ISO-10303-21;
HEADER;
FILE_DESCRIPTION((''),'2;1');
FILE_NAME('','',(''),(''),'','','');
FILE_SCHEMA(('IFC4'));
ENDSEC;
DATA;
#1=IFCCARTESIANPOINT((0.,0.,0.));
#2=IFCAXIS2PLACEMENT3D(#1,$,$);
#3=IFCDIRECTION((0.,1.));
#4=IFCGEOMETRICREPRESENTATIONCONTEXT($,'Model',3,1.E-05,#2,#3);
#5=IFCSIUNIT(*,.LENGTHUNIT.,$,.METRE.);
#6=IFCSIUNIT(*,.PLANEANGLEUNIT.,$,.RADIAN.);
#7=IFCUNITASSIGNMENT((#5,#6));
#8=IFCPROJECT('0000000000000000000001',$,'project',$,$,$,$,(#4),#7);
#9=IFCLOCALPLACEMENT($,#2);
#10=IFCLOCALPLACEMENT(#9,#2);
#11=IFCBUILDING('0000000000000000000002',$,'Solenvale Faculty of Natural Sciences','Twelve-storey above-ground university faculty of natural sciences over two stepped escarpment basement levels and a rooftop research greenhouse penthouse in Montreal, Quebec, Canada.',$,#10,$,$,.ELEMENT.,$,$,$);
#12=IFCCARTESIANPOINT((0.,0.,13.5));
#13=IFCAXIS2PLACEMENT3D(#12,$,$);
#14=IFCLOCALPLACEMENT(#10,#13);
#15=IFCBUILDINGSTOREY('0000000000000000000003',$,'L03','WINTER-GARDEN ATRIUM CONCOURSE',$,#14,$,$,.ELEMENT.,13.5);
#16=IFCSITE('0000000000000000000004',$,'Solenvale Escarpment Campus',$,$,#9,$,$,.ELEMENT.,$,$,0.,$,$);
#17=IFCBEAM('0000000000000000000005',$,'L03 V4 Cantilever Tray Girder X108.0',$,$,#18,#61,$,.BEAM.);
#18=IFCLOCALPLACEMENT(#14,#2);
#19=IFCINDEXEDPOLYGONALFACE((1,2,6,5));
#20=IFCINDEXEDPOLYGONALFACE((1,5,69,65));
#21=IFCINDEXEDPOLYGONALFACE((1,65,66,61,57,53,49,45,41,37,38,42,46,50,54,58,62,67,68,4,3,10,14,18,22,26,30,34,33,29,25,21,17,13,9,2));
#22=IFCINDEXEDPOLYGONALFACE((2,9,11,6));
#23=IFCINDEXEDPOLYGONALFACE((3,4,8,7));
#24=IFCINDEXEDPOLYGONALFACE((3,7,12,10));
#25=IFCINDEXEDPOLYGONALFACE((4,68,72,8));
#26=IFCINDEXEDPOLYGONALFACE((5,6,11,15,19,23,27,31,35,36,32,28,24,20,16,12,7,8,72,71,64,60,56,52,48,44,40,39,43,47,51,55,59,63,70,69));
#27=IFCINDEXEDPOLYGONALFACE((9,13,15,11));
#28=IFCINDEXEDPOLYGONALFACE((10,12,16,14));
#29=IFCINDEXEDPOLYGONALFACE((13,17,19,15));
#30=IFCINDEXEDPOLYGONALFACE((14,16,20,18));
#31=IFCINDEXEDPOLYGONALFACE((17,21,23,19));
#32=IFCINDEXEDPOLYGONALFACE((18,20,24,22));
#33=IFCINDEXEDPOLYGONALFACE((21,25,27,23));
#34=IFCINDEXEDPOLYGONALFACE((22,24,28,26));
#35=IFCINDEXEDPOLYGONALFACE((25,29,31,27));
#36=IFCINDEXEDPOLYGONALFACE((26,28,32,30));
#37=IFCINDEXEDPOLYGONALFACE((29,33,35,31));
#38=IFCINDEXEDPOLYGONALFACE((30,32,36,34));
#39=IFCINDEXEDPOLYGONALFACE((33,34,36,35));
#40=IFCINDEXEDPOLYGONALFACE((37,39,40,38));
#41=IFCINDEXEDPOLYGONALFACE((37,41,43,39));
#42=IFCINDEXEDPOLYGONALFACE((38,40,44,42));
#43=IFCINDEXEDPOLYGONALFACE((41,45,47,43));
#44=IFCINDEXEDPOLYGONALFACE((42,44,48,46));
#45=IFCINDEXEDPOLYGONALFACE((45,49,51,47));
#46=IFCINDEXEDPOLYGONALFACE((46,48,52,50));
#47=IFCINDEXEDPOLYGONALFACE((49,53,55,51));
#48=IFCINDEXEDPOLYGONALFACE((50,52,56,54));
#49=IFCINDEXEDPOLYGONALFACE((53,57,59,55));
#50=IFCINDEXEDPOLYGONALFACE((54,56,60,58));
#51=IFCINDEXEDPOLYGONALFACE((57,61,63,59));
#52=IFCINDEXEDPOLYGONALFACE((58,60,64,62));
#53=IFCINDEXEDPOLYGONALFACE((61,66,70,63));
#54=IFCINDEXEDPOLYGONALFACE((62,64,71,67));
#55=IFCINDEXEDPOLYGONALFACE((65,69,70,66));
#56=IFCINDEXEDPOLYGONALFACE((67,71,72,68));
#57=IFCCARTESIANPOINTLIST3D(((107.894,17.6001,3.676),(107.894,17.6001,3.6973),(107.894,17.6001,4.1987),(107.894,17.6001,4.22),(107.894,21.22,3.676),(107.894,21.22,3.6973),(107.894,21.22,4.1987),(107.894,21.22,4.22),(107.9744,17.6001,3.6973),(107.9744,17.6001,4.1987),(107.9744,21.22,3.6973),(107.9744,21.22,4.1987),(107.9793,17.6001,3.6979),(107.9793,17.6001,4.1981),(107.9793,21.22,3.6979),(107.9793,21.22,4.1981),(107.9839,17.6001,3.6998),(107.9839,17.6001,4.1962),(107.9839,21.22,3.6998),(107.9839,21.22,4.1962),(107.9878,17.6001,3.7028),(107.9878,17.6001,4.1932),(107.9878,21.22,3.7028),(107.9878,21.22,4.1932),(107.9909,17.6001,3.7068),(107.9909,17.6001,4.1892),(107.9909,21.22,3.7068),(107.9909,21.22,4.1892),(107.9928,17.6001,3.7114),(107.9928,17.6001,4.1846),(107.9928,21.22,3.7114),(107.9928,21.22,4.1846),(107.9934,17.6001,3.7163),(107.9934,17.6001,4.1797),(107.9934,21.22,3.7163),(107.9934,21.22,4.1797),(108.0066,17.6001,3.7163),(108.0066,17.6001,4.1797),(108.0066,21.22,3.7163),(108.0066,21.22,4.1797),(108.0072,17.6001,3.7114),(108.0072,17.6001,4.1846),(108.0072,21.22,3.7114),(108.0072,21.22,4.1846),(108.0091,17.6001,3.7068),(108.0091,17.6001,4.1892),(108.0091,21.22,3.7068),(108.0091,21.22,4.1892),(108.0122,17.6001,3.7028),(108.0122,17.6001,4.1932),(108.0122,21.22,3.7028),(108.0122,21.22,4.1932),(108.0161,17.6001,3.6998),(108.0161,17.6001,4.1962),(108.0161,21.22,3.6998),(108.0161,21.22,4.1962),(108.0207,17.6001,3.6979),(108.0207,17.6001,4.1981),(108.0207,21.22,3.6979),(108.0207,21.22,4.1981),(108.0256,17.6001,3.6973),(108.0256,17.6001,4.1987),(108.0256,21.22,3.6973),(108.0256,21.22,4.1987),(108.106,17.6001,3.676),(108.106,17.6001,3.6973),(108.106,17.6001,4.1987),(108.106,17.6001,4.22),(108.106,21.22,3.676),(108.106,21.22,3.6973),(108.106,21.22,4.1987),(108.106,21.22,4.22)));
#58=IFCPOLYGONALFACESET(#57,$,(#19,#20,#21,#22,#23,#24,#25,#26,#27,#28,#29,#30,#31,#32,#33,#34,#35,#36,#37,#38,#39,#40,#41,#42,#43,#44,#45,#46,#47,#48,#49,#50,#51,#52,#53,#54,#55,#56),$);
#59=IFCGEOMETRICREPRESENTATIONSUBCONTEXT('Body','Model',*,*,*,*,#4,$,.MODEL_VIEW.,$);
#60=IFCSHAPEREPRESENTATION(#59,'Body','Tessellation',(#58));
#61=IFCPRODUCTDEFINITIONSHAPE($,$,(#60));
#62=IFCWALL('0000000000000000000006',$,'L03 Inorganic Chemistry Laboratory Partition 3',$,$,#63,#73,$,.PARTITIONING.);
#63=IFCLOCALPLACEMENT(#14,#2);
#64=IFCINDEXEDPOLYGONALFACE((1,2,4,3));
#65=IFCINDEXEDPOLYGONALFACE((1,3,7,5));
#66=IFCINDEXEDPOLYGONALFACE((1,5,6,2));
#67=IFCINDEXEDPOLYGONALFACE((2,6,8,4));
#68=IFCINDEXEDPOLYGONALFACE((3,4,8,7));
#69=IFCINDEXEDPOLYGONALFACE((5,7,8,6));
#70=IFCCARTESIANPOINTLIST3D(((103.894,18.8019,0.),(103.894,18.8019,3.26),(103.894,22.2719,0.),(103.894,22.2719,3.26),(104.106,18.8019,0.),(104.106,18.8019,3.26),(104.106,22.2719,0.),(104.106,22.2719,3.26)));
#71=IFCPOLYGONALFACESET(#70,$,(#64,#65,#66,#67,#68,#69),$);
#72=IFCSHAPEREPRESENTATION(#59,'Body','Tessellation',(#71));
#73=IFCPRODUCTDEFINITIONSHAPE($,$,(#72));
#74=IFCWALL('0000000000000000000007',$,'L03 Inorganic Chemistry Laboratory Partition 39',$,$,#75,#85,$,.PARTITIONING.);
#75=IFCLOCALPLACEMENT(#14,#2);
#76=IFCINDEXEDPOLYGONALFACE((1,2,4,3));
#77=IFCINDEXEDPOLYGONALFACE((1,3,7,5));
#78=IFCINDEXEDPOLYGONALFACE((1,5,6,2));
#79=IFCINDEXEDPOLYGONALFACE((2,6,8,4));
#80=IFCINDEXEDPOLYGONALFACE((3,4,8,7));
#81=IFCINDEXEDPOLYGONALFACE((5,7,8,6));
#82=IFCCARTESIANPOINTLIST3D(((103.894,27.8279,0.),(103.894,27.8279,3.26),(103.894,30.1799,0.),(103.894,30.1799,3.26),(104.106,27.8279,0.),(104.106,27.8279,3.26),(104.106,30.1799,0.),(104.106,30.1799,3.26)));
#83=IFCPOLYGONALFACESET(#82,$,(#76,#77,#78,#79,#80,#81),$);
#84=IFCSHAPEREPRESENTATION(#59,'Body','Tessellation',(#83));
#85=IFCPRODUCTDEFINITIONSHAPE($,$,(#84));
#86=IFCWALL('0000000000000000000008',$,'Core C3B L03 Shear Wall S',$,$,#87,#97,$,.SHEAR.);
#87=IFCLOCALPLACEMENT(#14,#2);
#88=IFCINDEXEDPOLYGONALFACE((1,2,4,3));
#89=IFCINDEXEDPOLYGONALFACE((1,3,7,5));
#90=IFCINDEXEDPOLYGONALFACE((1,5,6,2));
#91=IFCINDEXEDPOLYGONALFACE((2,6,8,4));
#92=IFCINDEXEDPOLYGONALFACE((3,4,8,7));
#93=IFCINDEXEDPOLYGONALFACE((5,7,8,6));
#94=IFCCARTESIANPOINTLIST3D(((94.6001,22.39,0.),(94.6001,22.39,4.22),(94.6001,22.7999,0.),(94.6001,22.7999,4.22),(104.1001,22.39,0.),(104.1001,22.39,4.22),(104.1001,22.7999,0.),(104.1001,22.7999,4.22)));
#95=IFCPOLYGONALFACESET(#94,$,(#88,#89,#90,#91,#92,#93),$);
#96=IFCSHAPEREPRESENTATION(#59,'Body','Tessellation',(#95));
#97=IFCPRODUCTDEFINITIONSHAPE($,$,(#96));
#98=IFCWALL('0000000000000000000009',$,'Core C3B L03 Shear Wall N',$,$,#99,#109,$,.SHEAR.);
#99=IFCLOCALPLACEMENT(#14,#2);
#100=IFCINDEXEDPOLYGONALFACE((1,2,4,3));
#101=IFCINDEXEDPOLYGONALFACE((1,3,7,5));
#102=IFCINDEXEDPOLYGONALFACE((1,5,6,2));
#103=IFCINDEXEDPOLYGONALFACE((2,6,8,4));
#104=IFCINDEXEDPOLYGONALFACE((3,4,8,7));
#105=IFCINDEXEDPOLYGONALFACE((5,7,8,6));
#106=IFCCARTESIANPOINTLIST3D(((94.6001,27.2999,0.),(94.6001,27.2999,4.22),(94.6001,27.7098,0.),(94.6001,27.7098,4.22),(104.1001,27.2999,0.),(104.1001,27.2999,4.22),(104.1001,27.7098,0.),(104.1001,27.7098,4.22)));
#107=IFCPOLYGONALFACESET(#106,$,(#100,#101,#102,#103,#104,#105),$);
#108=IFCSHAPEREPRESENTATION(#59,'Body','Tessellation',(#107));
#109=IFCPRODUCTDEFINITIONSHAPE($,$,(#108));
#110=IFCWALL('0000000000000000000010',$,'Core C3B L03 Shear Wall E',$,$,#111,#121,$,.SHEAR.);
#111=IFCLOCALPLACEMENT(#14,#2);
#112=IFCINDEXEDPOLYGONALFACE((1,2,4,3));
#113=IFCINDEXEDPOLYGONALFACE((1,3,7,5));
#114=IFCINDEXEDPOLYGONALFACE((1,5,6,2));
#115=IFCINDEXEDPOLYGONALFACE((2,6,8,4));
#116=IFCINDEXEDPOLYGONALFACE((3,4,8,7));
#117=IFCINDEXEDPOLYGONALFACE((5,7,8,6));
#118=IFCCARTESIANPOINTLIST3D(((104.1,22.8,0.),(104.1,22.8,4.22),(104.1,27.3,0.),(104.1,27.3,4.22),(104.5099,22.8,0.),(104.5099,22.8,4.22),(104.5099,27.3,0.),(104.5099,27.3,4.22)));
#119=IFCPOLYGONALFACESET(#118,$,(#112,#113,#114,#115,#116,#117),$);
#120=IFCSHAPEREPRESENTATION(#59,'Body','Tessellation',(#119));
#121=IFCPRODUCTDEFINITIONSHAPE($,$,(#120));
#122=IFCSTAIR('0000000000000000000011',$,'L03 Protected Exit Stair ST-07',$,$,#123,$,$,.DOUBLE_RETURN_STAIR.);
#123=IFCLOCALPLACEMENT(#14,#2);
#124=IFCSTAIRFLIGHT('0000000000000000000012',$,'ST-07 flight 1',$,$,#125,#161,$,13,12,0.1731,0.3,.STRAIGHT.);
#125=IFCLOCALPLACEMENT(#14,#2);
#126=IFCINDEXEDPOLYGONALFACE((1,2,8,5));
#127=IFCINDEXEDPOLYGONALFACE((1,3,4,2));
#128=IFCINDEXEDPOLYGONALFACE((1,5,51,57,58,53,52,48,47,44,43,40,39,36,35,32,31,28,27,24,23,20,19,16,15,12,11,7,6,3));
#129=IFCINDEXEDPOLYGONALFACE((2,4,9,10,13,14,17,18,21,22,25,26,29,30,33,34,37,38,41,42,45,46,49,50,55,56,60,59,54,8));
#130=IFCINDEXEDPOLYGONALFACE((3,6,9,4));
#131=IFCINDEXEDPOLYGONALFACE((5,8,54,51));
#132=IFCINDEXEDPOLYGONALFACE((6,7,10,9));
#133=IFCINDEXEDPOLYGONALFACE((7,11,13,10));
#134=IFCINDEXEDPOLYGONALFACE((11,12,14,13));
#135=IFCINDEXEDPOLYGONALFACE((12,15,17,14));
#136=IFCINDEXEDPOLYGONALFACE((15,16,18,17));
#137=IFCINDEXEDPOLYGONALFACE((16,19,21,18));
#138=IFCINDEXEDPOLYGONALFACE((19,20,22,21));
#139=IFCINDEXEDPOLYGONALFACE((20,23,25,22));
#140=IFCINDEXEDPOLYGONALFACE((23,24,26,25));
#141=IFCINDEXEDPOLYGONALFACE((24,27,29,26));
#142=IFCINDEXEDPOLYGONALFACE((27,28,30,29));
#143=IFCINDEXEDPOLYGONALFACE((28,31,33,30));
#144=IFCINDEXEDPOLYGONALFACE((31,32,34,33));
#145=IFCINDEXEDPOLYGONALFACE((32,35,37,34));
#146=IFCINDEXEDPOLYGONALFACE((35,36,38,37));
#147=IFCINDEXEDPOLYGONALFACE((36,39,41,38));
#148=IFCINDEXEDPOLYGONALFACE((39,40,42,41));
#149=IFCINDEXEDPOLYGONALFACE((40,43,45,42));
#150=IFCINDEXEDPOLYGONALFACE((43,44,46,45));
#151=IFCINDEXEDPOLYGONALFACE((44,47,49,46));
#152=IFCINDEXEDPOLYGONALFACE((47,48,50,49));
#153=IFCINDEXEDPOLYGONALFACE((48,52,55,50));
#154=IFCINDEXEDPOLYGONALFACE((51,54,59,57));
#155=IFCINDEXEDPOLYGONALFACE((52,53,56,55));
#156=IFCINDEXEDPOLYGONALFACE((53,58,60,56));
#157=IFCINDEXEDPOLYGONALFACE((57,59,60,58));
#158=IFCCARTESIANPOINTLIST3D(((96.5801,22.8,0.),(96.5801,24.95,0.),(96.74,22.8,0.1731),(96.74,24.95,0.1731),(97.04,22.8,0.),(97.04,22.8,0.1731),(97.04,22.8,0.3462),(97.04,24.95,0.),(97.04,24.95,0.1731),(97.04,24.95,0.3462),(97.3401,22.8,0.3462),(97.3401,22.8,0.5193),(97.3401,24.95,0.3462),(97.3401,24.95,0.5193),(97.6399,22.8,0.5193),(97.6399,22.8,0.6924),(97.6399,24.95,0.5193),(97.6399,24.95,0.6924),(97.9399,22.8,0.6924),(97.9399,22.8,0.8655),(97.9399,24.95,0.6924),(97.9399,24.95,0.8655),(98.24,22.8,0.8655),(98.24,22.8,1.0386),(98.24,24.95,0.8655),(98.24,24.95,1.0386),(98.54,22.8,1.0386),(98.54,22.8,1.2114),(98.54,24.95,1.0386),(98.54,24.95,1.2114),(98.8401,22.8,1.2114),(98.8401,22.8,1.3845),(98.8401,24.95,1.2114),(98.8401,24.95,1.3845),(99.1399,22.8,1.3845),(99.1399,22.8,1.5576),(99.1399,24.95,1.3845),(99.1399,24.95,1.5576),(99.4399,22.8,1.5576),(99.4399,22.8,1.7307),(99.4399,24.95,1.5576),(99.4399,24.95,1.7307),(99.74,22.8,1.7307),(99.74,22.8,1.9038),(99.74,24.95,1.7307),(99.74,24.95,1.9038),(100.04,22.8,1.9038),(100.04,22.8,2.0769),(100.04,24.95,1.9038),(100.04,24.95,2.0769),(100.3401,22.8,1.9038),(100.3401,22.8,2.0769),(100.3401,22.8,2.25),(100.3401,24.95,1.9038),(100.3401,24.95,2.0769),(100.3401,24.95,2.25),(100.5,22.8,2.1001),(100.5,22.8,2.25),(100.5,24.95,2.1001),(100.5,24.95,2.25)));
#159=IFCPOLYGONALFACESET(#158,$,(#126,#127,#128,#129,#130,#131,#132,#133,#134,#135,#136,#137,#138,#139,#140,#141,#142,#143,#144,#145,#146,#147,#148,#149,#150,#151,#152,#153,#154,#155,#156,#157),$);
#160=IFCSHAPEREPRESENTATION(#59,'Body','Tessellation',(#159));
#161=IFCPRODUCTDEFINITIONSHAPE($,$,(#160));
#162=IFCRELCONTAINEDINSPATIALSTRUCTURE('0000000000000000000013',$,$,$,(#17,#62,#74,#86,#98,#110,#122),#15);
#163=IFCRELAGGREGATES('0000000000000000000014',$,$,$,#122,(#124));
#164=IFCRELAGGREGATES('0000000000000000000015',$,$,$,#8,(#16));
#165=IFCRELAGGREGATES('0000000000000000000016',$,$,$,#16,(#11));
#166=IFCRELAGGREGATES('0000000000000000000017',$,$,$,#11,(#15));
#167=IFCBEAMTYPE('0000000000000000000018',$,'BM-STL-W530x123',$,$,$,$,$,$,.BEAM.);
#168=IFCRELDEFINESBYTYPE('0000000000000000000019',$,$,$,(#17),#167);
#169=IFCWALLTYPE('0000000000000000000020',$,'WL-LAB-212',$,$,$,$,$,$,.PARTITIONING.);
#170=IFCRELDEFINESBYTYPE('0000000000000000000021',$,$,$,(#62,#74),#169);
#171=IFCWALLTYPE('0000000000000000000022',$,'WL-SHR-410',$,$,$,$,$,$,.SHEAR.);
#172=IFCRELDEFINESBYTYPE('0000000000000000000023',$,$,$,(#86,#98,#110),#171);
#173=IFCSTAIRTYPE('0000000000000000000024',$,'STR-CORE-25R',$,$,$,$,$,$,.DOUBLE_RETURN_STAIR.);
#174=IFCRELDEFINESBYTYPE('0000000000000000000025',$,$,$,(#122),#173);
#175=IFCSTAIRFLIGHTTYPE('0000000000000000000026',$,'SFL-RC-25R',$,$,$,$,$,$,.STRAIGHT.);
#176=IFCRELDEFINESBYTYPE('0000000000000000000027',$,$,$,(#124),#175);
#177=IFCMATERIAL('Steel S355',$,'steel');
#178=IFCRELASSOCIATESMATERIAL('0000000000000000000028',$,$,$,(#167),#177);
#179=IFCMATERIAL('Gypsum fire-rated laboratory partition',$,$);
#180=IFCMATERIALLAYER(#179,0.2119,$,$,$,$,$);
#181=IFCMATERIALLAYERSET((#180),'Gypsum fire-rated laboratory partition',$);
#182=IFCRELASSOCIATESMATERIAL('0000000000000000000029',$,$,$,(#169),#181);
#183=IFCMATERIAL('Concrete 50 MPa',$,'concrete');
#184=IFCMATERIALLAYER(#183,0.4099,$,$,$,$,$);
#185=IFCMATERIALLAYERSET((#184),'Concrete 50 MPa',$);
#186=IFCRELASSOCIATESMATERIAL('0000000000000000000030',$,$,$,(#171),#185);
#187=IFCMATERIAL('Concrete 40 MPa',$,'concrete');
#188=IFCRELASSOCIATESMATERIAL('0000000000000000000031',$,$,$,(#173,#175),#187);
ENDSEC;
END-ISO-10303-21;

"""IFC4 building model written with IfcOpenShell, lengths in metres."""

from ifc_helpers import new_model, si_unit, direction, frame, frame_2d, origin, origin_2d, place, context, subcontext, project, spatial, polyline, rectangle, i_section, outline, extrude, material, layer, layer_set, material_profile, profile_set, type_object, element, aggregate, save


model = new_model("IFC4")

# Units and contexts
model_context = context("Model", 3, precision=1e-05, world=origin(), true_north=direction((0.0, 1.0)))
body_context = subcontext(model_context, "Body", "Model", "MODEL_VIEW")
ifc_project = project(units=[si_unit("LENGTHUNIT", "METRE"), si_unit("PLANEANGLEUNIT", "RADIAN")], contexts=[model_context])

# Site, building, storey
site_placement = place(None, origin())
site = spatial("IfcSite", under=ifc_project, at=site_placement, Name="Solenvale Escarpment Campus", CompositionType="ELEMENT", RefElevation=0.0)
building_placement = place(site_placement, origin())
building = spatial("IfcBuilding", under=site, at=building_placement, Name="Solenvale Faculty of Natural Sciences", Description="Twelve-storey above-ground university faculty of natural sciences over two stepped escarpment basement levels and a rooftop research greenhouse penthouse in Montreal, Quebec, Canada.", CompositionType="ELEMENT")
storey_placement = place(building_placement, frame((0.0, 0.0, 13.5)))
storey = spatial("IfcBuildingStorey", under=building, at=storey_placement, Name="L03", Description="WINTER-GARDEN ATRIUM CONCOURSE", CompositionType="ELEMENT", Elevation=13.5)

# Shared definitions
ifc_material_1 = material(Name="Concrete 50 MPa", Category="concrete")

# Beam
ifc_material_2 = material(Name="Concrete 40 MPa", Category="concrete")
ifc_material_3 = material(Name="Steel S355", Category="steel")
ifc_material_profile_1 = material_profile(ifc_material_3, i_section(OverallWidth=0.2119, OverallDepth=0.5439, WebThickness=0.0132, FlangeThickness=0.0212, FilletRadius=0.019, at=origin_2d()), Name="W530x123")
ifc_profile_set_1 = profile_set([ifc_material_profile_1], Name="Steel S355")
beam_type_1 = type_object("IfcBeamType", Name="BM-STL-W530x123", PredefinedType="BEAM", material=ifc_profile_set_1)
beam_1_placement = place(storey_placement, frame((108.0, 21.22, 3.948), z_axis=(0.0, -1.0, 0.0), x_axis=(1.0, 0.0, 0.0)))
element("IfcBeam", 1, at=beam_1_placement, inside=storey, type_object=beam_type_1, Name="L03 V4 Cantilever Tray Girder X108.0", PredefinedType="BEAM", context=body_context, shape_type="SweptSolid", body=[
    extrude(i_section(OverallWidth=0.2119, OverallDepth=0.5439, WebThickness=0.0132, FlangeThickness=0.0212, FilletRadius=0.019, at=origin_2d()), origin(), (0.0, 0.0, 1.0), 3.6199),
])

# Walls
ifc_material_4 = material(Name="Gypsum fire-rated laboratory partition")
ifc_layer_1 = layer(ifc_material_4, 0.2119)
ifc_layer_set_1 = layer_set([ifc_layer_1], Name="Gypsum fire-rated laboratory partition")
wall_type_1 = type_object("IfcWallType", Name="WL-LAB-212", PredefinedType="PARTITIONING", material=ifc_layer_set_1)
wall_1_placement = place(storey_placement, frame((104.0, 18.802, 0.0), z_axis=(0.0, 0.0, 1.0), x_axis=(0.0, 1.0, 0.0)))
element("IfcWall", 2, at=wall_1_placement, inside=storey, type_object=wall_type_1, Name="L03 Inorganic Chemistry Laboratory Partition 3", PredefinedType="PARTITIONING", context=body_context, shape_type="SweptSolid", body=[
    extrude(rectangle(XDim=3.47, YDim=0.2119, at=frame_2d((1.7349, 0.0))), origin(), (0.0, 0.0, 1.0), 3.26),
])
wall_2_placement = place(storey_placement, frame((104.0, 27.8279, 0.0), z_axis=(0.0, 0.0, 1.0), x_axis=(0.0, 1.0, 0.0)))
element("IfcWall", 3, at=wall_2_placement, inside=storey, type_object=wall_type_1, Name="L03 Inorganic Chemistry Laboratory Partition 39", PredefinedType="PARTITIONING", context=body_context, shape_type="SweptSolid", body=[
    extrude(rectangle(XDim=2.3521, YDim=0.2119, at=frame_2d((1.176, 0.0))), origin(), (0.0, 0.0, 1.0), 3.26),
])
ifc_layer_2 = layer(ifc_material_1, 0.4099)
ifc_layer_set_2 = layer_set([ifc_layer_2], Name="Concrete 50 MPa")
wall_type_2 = type_object("IfcWallType", Name="WL-SHR-410", PredefinedType="SHEAR", material=ifc_layer_set_2)
for number, where, z_axis, x_axis, name in (
    (4, (94.6001, 22.595, 0.0), (0.0, 0.0, 1.0), (1.0, 0.0, 0.0), "Core C3B L03 Shear Wall S"),
    (5, (94.6001, 27.5049, 0.0), (0.0, 0.0, 1.0), (1.0, 0.0, 0.0), "Core C3B L03 Shear Wall N"),
):
    element("IfcWall", number, at=place(storey_placement, frame(where, z_axis=z_axis, x_axis=x_axis)), inside=storey, type_object=wall_type_2, Name=name, PredefinedType="SHEAR", context=body_context, shape_type="SweptSolid", body=[
        extrude(rectangle(XDim=9.5, YDim=0.4099, at=frame_2d((4.75, 0.0))), origin(), (0.0, 0.0, 1.0), 4.22),
    ])
wall_3_placement = place(storey_placement, frame((104.3049, 22.8, 0.0), z_axis=(0.0, 0.0, 1.0), x_axis=(0.0, 1.0, 0.0)))
element("IfcWall", 6, at=wall_3_placement, inside=storey, type_object=wall_type_2, Name="Core C3B L03 Shear Wall E", PredefinedType="SHEAR", context=body_context, shape_type="SweptSolid", body=[
    extrude(rectangle(XDim=4.5, YDim=0.4099, at=frame_2d((2.25, 0.0))), origin(), (0.0, 0.0, 1.0), 4.22),
])

# Stair, stair flight
stair_type = type_object("IfcStairType", Name="STR-CORE-25R", PredefinedType="DOUBLE_RETURN_STAIR", material=ifc_material_2)
stair_placement = place(storey_placement, origin())
stair = element("IfcStair", 7, at=stair_placement, inside=storey, type_object=stair_type, Name="L03 Protected Exit Stair ST-07", PredefinedType="DOUBLE_RETURN_STAIR")
stair_flight_type = type_object("IfcStairFlightType", Name="SFL-RC-25R", PredefinedType="STRAIGHT", material=ifc_material_2)
stair_flight_1_placement = place(storey_placement, frame((96.74, 23.875, 0.0), z_axis=(0.0, 0.0, 1.0), x_axis=(1.0, 0.0, 0.0)))
stair_flight_1 = element("IfcStairFlight", 8, at=stair_flight_1_placement, type_object=stair_flight_type, Name="ST-07 flight 1", NumberOfRisers=13, NumberOfTreads=12, PredefinedType="STRAIGHT", RiserHeight=0.1731, TreadLength=0.3, context=body_context, shape_type="SweptSolid", body=[
    extrude(outline(polyline([(-0.1599, 0.0), (0.0, 0.1731), (0.3, 0.1731), (0.3, 0.3462), (0.6001, 0.3462), (0.6001, 0.5193), (0.8999, 0.5193), (0.8999, 0.6924), (1.2, 0.6924), (1.2, 0.8655), (1.5, 0.8655), (1.5, 1.0386), (1.8, 1.0386), (1.8, 1.2114), (2.1001, 1.2114), (2.1001, 1.3845), (2.3999, 1.3845), (2.3999, 1.5576), (2.7, 1.5576), (2.7, 1.7307), (3.0, 1.7307), (3.0, 1.9038), (3.3, 1.9038), (3.3, 2.0769), (3.6001, 2.0769), (3.6001, 2.25), (3.76, 2.25), (3.76, 2.1001), (3.6001, 1.9038), (0.3, 0.0), (-0.1599, 0.0)])), frame((0.0, 1.075, 0.0), z_axis=(0.0, -1.0, 0.0), x_axis=(1.0, 0.0, 0.0)), (0.0, 0.0, 1.0), 2.1499),
])
aggregate(stair, [stair_flight_1])

save(model, "model.ifc")
